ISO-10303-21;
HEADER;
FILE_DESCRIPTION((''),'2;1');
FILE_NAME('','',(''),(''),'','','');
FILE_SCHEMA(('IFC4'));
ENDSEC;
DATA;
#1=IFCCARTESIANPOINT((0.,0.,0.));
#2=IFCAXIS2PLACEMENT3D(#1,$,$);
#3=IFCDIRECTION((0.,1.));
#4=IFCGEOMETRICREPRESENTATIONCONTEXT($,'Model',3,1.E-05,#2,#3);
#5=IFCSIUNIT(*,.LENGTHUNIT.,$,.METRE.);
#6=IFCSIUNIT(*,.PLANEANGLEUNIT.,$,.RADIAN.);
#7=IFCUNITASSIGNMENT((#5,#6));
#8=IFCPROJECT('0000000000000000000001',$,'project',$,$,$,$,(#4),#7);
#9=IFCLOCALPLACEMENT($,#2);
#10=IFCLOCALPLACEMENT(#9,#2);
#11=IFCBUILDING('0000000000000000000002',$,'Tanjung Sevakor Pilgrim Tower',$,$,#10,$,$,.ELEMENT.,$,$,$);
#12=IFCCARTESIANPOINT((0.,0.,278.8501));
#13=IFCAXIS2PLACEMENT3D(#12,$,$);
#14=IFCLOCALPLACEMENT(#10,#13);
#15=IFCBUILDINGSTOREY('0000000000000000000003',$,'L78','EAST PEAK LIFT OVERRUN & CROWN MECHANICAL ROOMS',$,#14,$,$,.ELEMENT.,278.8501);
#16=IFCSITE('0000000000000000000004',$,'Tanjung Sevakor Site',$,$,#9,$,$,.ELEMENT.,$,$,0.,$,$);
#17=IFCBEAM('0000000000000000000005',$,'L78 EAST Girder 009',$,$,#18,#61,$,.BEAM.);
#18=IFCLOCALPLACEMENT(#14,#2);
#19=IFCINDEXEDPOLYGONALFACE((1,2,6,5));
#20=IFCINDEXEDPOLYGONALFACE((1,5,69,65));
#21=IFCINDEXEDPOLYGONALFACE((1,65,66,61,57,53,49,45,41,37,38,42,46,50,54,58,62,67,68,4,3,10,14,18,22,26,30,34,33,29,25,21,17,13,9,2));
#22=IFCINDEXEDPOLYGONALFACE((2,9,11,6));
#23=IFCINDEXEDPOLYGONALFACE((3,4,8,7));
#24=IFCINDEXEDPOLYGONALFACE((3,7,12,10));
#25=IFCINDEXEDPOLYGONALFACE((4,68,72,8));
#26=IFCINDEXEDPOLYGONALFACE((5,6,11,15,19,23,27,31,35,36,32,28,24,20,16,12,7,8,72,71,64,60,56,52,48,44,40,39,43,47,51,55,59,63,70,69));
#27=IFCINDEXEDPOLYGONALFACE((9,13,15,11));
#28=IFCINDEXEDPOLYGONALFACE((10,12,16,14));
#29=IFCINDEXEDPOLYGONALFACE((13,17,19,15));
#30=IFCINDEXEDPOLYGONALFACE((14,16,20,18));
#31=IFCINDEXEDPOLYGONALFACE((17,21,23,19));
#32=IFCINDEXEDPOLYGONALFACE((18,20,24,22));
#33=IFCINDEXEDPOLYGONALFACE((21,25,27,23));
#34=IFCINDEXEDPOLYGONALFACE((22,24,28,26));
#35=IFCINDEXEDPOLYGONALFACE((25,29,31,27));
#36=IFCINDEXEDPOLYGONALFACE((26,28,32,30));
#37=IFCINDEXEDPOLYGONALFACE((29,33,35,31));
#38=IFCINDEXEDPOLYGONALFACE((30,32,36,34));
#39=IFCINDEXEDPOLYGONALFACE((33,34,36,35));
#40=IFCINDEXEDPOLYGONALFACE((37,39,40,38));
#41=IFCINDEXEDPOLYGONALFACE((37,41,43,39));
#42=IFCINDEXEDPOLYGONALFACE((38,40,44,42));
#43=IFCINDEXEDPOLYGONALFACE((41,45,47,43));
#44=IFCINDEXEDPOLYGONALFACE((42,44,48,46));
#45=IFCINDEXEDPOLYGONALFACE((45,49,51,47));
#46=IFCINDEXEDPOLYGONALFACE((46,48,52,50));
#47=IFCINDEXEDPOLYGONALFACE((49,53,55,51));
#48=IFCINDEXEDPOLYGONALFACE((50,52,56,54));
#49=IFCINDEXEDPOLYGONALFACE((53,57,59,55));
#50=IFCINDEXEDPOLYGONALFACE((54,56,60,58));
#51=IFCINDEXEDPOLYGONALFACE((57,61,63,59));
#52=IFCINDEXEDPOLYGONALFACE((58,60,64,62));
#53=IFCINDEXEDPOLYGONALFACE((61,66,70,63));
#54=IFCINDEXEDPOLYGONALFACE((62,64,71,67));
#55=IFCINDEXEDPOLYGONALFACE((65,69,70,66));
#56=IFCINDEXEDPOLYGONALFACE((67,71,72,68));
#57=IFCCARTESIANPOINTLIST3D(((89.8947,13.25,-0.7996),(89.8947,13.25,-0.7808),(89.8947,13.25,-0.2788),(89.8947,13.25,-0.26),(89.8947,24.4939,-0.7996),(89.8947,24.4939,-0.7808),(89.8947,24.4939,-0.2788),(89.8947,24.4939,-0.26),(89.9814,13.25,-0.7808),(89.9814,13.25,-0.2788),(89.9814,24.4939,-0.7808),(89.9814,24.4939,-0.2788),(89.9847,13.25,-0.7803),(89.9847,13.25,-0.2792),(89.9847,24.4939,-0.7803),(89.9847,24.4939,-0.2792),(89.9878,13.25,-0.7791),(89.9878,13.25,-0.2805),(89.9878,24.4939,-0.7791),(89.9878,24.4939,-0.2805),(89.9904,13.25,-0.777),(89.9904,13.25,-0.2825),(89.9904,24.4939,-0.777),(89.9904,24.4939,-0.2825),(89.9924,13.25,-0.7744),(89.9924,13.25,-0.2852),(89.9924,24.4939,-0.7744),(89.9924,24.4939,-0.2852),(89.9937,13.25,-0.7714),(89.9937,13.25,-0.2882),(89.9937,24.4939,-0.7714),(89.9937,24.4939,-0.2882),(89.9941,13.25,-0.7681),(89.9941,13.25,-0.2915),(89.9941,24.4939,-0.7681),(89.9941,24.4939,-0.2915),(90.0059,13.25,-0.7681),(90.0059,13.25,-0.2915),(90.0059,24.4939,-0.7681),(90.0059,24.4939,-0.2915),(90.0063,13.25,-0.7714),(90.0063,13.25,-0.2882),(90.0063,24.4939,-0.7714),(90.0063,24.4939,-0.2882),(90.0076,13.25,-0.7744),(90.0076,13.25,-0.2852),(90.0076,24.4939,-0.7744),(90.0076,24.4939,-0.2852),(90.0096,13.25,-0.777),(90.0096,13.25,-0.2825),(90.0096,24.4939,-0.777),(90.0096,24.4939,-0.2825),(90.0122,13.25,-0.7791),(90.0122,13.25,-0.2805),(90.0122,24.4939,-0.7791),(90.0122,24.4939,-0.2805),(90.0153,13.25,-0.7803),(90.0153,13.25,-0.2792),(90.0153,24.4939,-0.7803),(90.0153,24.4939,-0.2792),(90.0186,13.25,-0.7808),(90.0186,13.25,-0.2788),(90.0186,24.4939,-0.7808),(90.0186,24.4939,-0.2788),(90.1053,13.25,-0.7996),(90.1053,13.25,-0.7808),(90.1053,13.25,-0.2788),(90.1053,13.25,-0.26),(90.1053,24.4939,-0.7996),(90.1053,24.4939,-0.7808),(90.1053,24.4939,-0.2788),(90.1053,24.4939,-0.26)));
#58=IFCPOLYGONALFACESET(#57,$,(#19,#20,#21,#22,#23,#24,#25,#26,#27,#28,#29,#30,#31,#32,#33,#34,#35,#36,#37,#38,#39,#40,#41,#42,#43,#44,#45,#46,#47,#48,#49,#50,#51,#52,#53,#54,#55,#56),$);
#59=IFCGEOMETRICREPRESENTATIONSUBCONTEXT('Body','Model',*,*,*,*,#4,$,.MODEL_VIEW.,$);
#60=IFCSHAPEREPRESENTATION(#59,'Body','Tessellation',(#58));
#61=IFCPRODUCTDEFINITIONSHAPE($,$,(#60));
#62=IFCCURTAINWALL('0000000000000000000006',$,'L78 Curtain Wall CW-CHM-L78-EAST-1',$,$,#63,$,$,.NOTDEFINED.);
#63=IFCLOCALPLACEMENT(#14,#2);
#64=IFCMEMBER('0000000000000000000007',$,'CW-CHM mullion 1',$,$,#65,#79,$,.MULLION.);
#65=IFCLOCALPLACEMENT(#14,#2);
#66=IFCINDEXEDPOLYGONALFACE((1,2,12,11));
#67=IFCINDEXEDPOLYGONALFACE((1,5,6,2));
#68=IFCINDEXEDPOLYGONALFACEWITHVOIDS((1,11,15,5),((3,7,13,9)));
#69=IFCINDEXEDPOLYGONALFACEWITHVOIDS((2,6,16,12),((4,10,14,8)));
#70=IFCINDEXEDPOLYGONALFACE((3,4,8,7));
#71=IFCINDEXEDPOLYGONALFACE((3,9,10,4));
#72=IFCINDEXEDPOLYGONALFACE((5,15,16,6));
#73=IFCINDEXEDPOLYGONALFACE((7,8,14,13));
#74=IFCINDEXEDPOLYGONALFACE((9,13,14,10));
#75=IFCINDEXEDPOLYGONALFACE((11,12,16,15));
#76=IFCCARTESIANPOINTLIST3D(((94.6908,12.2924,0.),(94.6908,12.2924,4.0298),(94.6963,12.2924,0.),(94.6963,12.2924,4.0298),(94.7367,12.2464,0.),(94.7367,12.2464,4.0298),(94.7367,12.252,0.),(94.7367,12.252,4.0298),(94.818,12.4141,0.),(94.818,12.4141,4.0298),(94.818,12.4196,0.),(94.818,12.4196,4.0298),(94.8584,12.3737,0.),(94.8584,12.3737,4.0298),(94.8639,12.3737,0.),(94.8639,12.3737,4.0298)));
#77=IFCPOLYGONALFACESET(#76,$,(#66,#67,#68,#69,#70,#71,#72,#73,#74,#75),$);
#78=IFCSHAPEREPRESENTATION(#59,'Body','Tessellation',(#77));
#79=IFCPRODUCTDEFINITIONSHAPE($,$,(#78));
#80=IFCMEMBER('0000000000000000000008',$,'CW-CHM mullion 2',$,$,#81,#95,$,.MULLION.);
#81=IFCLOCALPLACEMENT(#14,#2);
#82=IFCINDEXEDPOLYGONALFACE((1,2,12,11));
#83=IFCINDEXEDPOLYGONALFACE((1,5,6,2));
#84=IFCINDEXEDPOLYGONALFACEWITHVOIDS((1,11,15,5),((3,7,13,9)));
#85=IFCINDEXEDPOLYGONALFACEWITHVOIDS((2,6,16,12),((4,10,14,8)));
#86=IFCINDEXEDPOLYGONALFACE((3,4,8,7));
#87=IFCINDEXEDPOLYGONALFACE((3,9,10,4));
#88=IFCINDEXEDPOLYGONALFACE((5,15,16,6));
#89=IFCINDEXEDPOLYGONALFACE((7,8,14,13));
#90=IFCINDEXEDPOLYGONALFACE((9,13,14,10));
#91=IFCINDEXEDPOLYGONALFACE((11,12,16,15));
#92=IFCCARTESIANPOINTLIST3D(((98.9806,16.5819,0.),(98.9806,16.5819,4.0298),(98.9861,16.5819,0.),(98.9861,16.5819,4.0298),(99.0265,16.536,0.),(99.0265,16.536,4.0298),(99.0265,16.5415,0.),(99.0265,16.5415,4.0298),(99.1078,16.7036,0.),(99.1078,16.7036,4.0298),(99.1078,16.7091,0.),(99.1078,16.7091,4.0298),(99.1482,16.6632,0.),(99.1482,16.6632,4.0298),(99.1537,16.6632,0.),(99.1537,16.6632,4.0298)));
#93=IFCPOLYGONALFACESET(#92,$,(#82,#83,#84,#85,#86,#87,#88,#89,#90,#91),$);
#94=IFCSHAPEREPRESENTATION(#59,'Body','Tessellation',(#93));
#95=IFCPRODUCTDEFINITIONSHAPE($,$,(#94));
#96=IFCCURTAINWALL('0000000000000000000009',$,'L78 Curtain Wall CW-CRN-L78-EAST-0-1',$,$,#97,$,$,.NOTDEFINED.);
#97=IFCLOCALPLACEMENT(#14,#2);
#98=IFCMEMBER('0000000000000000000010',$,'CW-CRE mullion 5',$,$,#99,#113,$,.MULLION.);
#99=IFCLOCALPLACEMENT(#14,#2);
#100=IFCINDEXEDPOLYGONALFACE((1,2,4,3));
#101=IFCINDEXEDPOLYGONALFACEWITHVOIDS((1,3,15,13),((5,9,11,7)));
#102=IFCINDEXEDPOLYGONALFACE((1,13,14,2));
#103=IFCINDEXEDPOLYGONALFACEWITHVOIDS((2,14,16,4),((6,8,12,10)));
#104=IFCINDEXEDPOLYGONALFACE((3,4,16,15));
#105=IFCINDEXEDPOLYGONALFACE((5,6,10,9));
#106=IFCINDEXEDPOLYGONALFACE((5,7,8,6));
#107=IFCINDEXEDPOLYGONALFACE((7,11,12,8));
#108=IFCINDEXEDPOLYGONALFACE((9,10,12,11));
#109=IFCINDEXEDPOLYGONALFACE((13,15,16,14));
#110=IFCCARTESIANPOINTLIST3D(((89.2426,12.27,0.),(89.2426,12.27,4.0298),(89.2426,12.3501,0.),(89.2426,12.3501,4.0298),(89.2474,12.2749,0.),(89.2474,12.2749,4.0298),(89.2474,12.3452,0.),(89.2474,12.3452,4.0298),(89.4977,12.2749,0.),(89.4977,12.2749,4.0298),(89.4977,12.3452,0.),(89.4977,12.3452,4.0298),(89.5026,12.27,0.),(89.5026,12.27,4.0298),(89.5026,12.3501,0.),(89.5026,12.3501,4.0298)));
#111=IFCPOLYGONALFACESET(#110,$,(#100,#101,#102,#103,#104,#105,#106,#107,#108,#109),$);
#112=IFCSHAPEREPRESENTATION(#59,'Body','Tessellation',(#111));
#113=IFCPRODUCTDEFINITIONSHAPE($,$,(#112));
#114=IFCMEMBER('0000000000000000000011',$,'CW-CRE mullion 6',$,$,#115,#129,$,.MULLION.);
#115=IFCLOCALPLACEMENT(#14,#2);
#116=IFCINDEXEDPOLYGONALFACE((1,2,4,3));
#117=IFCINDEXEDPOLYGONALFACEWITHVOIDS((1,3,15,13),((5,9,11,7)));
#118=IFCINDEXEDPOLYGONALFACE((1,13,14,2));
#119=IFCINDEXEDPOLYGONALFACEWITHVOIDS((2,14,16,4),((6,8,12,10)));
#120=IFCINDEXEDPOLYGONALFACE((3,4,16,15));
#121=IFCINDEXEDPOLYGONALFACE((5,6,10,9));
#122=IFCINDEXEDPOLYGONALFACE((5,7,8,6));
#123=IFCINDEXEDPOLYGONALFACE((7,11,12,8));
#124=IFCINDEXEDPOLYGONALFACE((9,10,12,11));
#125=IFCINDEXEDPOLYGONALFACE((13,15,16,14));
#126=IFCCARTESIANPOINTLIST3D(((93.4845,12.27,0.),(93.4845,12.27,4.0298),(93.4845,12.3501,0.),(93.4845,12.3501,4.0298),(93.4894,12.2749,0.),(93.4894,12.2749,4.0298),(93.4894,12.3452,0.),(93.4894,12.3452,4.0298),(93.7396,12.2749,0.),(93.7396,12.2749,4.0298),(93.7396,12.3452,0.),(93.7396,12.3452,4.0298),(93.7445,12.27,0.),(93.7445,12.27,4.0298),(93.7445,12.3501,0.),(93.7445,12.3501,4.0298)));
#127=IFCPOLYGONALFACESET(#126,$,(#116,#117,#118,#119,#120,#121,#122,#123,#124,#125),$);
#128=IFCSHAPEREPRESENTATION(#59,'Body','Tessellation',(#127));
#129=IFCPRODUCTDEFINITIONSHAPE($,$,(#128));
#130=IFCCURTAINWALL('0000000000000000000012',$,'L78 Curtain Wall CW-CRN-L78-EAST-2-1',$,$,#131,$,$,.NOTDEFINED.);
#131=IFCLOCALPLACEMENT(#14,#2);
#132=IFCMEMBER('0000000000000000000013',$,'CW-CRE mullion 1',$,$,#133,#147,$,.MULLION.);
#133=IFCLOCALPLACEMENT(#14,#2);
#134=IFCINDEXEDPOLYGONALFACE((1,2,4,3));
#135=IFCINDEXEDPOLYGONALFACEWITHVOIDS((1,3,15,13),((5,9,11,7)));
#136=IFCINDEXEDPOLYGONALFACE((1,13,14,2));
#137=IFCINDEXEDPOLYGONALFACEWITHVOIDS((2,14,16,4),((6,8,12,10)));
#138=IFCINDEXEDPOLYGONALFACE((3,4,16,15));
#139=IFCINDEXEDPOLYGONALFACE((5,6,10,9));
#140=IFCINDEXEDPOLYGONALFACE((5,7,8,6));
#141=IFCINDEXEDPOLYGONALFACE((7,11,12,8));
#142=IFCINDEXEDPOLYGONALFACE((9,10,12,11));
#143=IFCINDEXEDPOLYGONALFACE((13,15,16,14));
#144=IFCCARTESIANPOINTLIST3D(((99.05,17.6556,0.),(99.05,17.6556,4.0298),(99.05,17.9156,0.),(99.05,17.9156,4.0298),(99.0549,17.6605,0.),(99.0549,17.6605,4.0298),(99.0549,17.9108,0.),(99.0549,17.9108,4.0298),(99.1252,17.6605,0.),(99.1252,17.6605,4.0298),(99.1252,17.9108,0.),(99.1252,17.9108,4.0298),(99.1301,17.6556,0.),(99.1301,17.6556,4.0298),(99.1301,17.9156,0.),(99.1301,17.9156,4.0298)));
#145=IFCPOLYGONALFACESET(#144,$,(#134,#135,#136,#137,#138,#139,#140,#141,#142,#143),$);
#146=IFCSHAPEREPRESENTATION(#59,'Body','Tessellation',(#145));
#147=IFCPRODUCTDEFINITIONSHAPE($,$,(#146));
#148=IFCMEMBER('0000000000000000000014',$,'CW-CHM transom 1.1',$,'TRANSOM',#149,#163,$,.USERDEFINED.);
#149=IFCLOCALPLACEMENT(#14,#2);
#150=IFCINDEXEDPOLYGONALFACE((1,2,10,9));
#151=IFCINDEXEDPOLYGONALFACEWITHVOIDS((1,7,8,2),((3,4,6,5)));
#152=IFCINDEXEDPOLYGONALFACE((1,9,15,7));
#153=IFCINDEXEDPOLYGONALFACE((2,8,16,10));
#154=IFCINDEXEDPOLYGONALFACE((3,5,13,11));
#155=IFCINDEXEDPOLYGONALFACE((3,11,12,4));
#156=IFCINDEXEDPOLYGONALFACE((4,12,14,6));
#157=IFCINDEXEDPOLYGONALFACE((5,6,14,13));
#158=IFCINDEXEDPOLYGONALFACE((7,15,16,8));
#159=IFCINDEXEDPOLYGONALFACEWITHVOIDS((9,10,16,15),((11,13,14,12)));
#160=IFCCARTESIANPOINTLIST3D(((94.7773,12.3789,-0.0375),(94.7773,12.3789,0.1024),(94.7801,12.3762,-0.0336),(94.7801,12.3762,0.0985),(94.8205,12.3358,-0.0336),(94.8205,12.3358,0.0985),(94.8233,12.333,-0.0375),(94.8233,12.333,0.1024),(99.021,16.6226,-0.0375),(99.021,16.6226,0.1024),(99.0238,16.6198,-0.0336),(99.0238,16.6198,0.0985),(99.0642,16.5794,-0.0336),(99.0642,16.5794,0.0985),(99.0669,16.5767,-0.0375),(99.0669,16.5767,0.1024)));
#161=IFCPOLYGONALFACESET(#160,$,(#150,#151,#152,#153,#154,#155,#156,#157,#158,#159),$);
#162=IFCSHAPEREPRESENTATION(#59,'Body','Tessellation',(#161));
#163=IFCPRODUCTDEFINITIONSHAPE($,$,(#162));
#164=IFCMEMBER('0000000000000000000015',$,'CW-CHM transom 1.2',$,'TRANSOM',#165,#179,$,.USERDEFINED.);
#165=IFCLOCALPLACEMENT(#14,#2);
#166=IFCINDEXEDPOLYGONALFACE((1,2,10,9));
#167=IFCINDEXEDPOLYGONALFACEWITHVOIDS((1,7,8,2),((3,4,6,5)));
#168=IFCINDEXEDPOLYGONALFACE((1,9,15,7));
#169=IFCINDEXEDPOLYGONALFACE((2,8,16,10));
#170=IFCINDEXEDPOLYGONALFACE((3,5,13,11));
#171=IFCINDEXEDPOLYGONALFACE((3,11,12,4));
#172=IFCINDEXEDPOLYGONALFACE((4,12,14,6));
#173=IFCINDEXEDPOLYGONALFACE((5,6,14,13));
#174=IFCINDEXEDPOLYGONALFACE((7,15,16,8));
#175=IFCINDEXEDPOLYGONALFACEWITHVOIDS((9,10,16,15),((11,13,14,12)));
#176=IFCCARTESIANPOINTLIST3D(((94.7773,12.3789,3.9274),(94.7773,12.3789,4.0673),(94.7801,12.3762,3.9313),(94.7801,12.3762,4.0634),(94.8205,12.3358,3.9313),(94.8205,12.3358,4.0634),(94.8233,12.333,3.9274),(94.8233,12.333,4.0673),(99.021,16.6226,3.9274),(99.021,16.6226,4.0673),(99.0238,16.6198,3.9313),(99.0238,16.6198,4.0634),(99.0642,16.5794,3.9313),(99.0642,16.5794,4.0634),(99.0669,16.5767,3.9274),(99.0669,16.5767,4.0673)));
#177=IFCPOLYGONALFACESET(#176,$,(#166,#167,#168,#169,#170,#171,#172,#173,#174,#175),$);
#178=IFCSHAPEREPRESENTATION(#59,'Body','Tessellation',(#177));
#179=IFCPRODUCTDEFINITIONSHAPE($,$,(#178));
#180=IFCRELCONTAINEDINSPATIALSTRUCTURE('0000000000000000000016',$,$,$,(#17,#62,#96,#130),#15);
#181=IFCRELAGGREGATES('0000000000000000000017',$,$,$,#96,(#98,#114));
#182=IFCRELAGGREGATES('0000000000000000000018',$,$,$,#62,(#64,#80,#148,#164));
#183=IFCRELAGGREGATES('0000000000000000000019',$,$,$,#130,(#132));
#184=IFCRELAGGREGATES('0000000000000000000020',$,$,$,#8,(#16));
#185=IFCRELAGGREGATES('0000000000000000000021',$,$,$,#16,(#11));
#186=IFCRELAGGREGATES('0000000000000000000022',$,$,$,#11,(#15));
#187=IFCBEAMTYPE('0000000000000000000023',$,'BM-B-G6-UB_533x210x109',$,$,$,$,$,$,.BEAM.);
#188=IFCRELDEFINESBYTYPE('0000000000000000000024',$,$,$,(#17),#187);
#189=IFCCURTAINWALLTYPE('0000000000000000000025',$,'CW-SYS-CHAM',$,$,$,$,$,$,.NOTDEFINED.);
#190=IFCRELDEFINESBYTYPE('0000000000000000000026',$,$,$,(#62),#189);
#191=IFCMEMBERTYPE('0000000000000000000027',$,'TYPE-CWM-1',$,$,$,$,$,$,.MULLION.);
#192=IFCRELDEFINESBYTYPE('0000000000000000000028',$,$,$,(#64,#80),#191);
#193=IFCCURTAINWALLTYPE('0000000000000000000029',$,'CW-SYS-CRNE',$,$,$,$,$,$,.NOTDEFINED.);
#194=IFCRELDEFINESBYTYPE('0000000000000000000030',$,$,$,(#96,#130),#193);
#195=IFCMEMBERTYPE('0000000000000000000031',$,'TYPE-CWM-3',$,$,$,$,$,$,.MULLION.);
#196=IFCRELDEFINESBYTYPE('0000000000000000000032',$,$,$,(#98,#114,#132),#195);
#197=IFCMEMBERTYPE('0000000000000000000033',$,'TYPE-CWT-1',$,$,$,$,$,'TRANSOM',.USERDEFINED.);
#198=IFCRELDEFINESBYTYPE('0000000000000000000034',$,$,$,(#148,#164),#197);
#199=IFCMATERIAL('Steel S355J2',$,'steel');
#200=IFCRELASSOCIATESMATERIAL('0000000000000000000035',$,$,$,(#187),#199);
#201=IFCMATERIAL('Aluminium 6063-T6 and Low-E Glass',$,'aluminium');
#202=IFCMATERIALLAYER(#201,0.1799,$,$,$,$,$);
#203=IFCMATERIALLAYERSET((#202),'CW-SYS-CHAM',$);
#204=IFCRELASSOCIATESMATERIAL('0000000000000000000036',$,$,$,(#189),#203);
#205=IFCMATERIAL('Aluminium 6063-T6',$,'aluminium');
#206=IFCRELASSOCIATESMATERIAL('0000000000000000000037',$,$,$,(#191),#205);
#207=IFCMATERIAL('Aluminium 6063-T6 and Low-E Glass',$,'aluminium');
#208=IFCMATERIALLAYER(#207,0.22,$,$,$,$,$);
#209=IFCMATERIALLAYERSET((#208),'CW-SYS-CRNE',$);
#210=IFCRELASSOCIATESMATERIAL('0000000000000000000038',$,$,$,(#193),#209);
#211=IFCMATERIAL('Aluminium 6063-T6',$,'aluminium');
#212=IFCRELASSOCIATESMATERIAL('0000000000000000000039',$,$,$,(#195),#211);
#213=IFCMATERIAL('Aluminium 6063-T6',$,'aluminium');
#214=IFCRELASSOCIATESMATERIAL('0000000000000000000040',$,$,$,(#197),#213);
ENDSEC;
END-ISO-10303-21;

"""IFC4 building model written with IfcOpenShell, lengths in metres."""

from ifc_helpers import new_model, si_unit, direction, frame, origin, origin_2d, place, context, subcontext, project, spatial, hollow_rectangle, i_section, extrude, material, layer, layer_set, material_profile, profile_set, type_object, element, aggregate, save


model = new_model("IFC4")

# Units and contexts
model_context = context("Model", 3, precision=1e-05, world=origin(), true_north=direction((0.0, 1.0)))
body_context = subcontext(model_context, "Body", "Model", "MODEL_VIEW")
ifc_project = project(units=[si_unit("LENGTHUNIT", "METRE"), si_unit("PLANEANGLEUNIT", "RADIAN")], contexts=[model_context])

# Site, building, storey
site_placement = place(None, origin())
site = spatial("IfcSite", under=ifc_project, at=site_placement, Name="Tanjung Sevakor Site", CompositionType="ELEMENT", RefElevation=0.0)
building_placement = place(site_placement, origin())
building = spatial("IfcBuilding", under=site, at=building_placement, Name="Tanjung Sevakor Pilgrim Tower", CompositionType="ELEMENT")
storey_placement = place(building_placement, frame((0.0, 0.0, 278.8501)))
storey = spatial("IfcBuildingStorey", under=building, at=storey_placement, Name="L78", Description="EAST PEAK LIFT OVERRUN & CROWN MECHANICAL ROOMS", CompositionType="ELEMENT", Elevation=278.8501)

# Beam
ifc_material_1 = material(Name="Steel S355J2", Category="steel")
ifc_material_profile_1 = material_profile(ifc_material_1, i_section(OverallWidth=0.2107, OverallDepth=0.5396, WebThickness=0.0117, FlangeThickness=0.0188, FilletRadius=0.0127, at=origin_2d()))
ifc_profile_set_1 = profile_set([ifc_material_profile_1], Name="Steel S355J2")
beam_type_1 = type_object("IfcBeamType", Name="BM-B-G6-UB_533x210x109", PredefinedType="BEAM", material=ifc_profile_set_1)
beam_1_placement = place(storey_placement, frame((90.0, 13.25, -0.5298), z_axis=(0.0, 1.0, 0.0), x_axis=(-1.0, 0.0, 0.0)))
element("IfcBeam", 1, at=beam_1_placement, inside=storey, type_object=beam_type_1, Name="L78 EAST Girder 009", PredefinedType="BEAM", context=body_context, shape_type="SweptSolid", body=[
    extrude(i_section(OverallWidth=0.2107, OverallDepth=0.5396, WebThickness=0.0117, FlangeThickness=0.0188, FilletRadius=0.0127, at=origin_2d()), origin(), (0.0, 0.0, 1.0), 11.2439),
])

# Curtain walls, members
ifc_material_2 = material(Name="Aluminium 6063-T6 and Low-E Glass", Category="aluminium")
ifc_layer_1 = layer(ifc_material_2, 0.1799)
ifc_layer_set_1 = layer_set([ifc_layer_1], Name="CW-SYS-CHAM")
curtain_wall_type_1 = type_object("IfcCurtainWallType", Name="CW-SYS-CHAM", PredefinedType="NOTDEFINED", material=ifc_layer_set_1)
curtain_wall_1_placement = place(storey_placement, origin())
curtain_wall_1 = element("IfcCurtainWall", 2, at=curtain_wall_1_placement, inside=storey, type_object=curtain_wall_type_1, Name="L78 Curtain Wall CW-CHM-L78-EAST-1", PredefinedType="NOTDEFINED")
ifc_material_3 = material(Name="Aluminium 6063-T6", Category="aluminium")
ifc_material_profile_2 = material_profile(ifc_material_3, hollow_rectangle(XDim=0.0649, YDim=0.1799, WallThickness=0.0039, at=origin_2d()))
ifc_profile_set_2 = profile_set([ifc_material_profile_2], Name="Aluminium 6063-T6")
member_type_1 = type_object("IfcMemberType", Name="TYPE-CWM-1", PredefinedType="MULLION", material=ifc_profile_set_2)
member_1_placement = place(storey_placement, frame((94.7773, 12.333, 0.0), z_axis=(0.0, 0.0, 1.0), x_axis=(-0.707107, 0.707107, 0.0)))
member_1 = element("IfcMember", 3, at=member_1_placement, type_object=member_type_1, Name="CW-CHM mullion 1", PredefinedType="MULLION", context=body_context, shape_type="SweptSolid", body=[
    extrude(hollow_rectangle(XDim=0.0649, YDim=0.1799, WallThickness=0.0039, at=origin_2d()), origin(), (0.0, 0.0, 1.0), 4.0298),
])
member_2_placement = place(storey_placement, frame((99.0671, 16.6226, 0.0), z_axis=(0.0, 0.0, 1.0), x_axis=(-0.707107, 0.707107, 0.0)))
member_2 = element("IfcMember", 4, at=member_2_placement, type_object=member_type_1, Name="CW-CHM mullion 2", PredefinedType="MULLION", context=body_context, shape_type="SweptSolid", body=[
    extrude(hollow_rectangle(XDim=0.0649, YDim=0.1799, WallThickness=0.0039, at=origin_2d()), origin(), (0.0, 0.0, 1.0), 4.0298),
])
ifc_material_4 = material(Name="Aluminium 6063-T6 and Low-E Glass", Category="aluminium")
ifc_layer_2 = layer(ifc_material_4, 0.22)
ifc_layer_set_2 = layer_set([ifc_layer_2], Name="CW-SYS-CRNE")
curtain_wall_type_2 = type_object("IfcCurtainWallType", Name="CW-SYS-CRNE", PredefinedType="NOTDEFINED", material=ifc_layer_set_2)
curtain_wall_2_placement = place(storey_placement, origin())
curtain_wall_2 = element("IfcCurtainWall", 5, at=curtain_wall_2_placement, inside=storey, type_object=curtain_wall_type_2, Name="L78 Curtain Wall CW-CRN-L78-EAST-0-1", PredefinedType="NOTDEFINED")
ifc_material_5 = material(Name="Aluminium 6063-T6", Category="aluminium")
ifc_material_profile_3 = material_profile(ifc_material_5, hollow_rectangle(XDim=0.0801, YDim=0.26, WallThickness=0.0049, at=origin_2d()))
ifc_profile_set_3 = profile_set([ifc_material_profile_3], Name="Aluminium 6063-T6")
member_type_2 = type_object("IfcMemberType", Name="TYPE-CWM-3", PredefinedType="MULLION", material=ifc_profile_set_3)
member_3_placement = place(storey_placement, frame((89.3726, 12.3101, 0.0), z_axis=(0.0, 0.0, 1.0), x_axis=(0.0, 1.0, 0.0)))
member_3 = element("IfcMember", 6, at=member_3_placement, type_object=member_type_2, Name="CW-CRE mullion 5", PredefinedType="MULLION", context=body_context, shape_type="SweptSolid", body=[
    extrude(hollow_rectangle(XDim=0.0801, YDim=0.26, WallThickness=0.0049, at=origin_2d()), origin(), (0.0, 0.0, 1.0), 4.0298),
])
member_4_placement = place(storey_placement, frame((93.6145, 12.3101, 0.0), z_axis=(0.0, 0.0, 1.0), x_axis=(0.0, 1.0, 0.0)))
member_4 = element("IfcMember", 7, at=member_4_placement, type_object=member_type_2, Name="CW-CRE mullion 6", PredefinedType="MULLION", context=body_context, shape_type="SweptSolid", body=[
    extrude(hollow_rectangle(XDim=0.0801, YDim=0.26, WallThickness=0.0049, at=origin_2d()), origin(), (0.0, 0.0, 1.0), 4.0298),
])

# Curtain wall, member
curtain_wall_3_placement = place(storey_placement, origin())
curtain_wall_3 = element("IfcCurtainWall", 8, at=curtain_wall_3_placement, inside=storey, type_object=curtain_wall_type_2, Name="L78 Curtain Wall CW-CRN-L78-EAST-2-1", PredefinedType="NOTDEFINED")
member_5_placement = place(storey_placement, frame((99.0901, 17.7856, 0.0), z_axis=(0.0, 0.0, 1.0), x_axis=(-1.0, 0.0, 0.0)))
member_5 = element("IfcMember", 9, at=member_5_placement, type_object=member_type_2, Name="CW-CRE mullion 1", PredefinedType="MULLION", context=body_context, shape_type="SweptSolid", body=[
    extrude(hollow_rectangle(XDim=0.0801, YDim=0.26, WallThickness=0.0049, at=origin_2d()), origin(), (0.0, 0.0, 1.0), 4.0298),
])

# Members
ifc_material_6 = material(Name="Aluminium 6063-T6", Category="aluminium")
ifc_material_profile_4 = material_profile(ifc_material_6, hollow_rectangle(XDim=0.0649, YDim=0.1399, WallThickness=0.0039, at=origin_2d()))
ifc_profile_set_4 = profile_set([ifc_material_profile_4], Name="Aluminium 6063-T6")
member_type_3 = type_object("IfcMemberType", Name="TYPE-CWT-1", ElementType="TRANSOM", PredefinedType="USERDEFINED", material=ifc_profile_set_4)
member_6_placement = place(storey_placement, frame((94.8003, 12.356, 0.0325), z_axis=(0.707107, 0.707107, 0.0), x_axis=(-0.707107, 0.707107, 0.0)))
member_6 = element("IfcMember", 10, at=member_6_placement, type_object=member_type_3, Name="CW-CHM transom 1.1", ObjectType="TRANSOM", PredefinedType="USERDEFINED", context=body_context, shape_type="SweptSolid", body=[
    extrude(hollow_rectangle(XDim=0.0649, YDim=0.1399, WallThickness=0.0039, at=origin_2d()), origin(), (0.0, 0.0, 1.0), 6.0015),
])
member_7_placement = place(storey_placement, frame((94.8003, 12.356, 3.9973), z_axis=(0.707107, 0.707107, 0.0), x_axis=(-0.707107, 0.707107, 0.0)))
member_7 = element("IfcMember", 11, at=member_7_placement, type_object=member_type_3, Name="CW-CHM transom 1.2", ObjectType="TRANSOM", PredefinedType="USERDEFINED", context=body_context, shape_type="SweptSolid", body=[
    extrude(hollow_rectangle(XDim=0.0649, YDim=0.1399, WallThickness=0.0039, at=origin_2d()), origin(), (0.0, 0.0, 1.0), 6.0015),
])

aggregate(curtain_wall_2, [member_3, member_4])
aggregate(curtain_wall_1, [member_1, member_2, member_6, member_7])
aggregate(curtain_wall_3, [member_5])

save(model, "model.ifc")
